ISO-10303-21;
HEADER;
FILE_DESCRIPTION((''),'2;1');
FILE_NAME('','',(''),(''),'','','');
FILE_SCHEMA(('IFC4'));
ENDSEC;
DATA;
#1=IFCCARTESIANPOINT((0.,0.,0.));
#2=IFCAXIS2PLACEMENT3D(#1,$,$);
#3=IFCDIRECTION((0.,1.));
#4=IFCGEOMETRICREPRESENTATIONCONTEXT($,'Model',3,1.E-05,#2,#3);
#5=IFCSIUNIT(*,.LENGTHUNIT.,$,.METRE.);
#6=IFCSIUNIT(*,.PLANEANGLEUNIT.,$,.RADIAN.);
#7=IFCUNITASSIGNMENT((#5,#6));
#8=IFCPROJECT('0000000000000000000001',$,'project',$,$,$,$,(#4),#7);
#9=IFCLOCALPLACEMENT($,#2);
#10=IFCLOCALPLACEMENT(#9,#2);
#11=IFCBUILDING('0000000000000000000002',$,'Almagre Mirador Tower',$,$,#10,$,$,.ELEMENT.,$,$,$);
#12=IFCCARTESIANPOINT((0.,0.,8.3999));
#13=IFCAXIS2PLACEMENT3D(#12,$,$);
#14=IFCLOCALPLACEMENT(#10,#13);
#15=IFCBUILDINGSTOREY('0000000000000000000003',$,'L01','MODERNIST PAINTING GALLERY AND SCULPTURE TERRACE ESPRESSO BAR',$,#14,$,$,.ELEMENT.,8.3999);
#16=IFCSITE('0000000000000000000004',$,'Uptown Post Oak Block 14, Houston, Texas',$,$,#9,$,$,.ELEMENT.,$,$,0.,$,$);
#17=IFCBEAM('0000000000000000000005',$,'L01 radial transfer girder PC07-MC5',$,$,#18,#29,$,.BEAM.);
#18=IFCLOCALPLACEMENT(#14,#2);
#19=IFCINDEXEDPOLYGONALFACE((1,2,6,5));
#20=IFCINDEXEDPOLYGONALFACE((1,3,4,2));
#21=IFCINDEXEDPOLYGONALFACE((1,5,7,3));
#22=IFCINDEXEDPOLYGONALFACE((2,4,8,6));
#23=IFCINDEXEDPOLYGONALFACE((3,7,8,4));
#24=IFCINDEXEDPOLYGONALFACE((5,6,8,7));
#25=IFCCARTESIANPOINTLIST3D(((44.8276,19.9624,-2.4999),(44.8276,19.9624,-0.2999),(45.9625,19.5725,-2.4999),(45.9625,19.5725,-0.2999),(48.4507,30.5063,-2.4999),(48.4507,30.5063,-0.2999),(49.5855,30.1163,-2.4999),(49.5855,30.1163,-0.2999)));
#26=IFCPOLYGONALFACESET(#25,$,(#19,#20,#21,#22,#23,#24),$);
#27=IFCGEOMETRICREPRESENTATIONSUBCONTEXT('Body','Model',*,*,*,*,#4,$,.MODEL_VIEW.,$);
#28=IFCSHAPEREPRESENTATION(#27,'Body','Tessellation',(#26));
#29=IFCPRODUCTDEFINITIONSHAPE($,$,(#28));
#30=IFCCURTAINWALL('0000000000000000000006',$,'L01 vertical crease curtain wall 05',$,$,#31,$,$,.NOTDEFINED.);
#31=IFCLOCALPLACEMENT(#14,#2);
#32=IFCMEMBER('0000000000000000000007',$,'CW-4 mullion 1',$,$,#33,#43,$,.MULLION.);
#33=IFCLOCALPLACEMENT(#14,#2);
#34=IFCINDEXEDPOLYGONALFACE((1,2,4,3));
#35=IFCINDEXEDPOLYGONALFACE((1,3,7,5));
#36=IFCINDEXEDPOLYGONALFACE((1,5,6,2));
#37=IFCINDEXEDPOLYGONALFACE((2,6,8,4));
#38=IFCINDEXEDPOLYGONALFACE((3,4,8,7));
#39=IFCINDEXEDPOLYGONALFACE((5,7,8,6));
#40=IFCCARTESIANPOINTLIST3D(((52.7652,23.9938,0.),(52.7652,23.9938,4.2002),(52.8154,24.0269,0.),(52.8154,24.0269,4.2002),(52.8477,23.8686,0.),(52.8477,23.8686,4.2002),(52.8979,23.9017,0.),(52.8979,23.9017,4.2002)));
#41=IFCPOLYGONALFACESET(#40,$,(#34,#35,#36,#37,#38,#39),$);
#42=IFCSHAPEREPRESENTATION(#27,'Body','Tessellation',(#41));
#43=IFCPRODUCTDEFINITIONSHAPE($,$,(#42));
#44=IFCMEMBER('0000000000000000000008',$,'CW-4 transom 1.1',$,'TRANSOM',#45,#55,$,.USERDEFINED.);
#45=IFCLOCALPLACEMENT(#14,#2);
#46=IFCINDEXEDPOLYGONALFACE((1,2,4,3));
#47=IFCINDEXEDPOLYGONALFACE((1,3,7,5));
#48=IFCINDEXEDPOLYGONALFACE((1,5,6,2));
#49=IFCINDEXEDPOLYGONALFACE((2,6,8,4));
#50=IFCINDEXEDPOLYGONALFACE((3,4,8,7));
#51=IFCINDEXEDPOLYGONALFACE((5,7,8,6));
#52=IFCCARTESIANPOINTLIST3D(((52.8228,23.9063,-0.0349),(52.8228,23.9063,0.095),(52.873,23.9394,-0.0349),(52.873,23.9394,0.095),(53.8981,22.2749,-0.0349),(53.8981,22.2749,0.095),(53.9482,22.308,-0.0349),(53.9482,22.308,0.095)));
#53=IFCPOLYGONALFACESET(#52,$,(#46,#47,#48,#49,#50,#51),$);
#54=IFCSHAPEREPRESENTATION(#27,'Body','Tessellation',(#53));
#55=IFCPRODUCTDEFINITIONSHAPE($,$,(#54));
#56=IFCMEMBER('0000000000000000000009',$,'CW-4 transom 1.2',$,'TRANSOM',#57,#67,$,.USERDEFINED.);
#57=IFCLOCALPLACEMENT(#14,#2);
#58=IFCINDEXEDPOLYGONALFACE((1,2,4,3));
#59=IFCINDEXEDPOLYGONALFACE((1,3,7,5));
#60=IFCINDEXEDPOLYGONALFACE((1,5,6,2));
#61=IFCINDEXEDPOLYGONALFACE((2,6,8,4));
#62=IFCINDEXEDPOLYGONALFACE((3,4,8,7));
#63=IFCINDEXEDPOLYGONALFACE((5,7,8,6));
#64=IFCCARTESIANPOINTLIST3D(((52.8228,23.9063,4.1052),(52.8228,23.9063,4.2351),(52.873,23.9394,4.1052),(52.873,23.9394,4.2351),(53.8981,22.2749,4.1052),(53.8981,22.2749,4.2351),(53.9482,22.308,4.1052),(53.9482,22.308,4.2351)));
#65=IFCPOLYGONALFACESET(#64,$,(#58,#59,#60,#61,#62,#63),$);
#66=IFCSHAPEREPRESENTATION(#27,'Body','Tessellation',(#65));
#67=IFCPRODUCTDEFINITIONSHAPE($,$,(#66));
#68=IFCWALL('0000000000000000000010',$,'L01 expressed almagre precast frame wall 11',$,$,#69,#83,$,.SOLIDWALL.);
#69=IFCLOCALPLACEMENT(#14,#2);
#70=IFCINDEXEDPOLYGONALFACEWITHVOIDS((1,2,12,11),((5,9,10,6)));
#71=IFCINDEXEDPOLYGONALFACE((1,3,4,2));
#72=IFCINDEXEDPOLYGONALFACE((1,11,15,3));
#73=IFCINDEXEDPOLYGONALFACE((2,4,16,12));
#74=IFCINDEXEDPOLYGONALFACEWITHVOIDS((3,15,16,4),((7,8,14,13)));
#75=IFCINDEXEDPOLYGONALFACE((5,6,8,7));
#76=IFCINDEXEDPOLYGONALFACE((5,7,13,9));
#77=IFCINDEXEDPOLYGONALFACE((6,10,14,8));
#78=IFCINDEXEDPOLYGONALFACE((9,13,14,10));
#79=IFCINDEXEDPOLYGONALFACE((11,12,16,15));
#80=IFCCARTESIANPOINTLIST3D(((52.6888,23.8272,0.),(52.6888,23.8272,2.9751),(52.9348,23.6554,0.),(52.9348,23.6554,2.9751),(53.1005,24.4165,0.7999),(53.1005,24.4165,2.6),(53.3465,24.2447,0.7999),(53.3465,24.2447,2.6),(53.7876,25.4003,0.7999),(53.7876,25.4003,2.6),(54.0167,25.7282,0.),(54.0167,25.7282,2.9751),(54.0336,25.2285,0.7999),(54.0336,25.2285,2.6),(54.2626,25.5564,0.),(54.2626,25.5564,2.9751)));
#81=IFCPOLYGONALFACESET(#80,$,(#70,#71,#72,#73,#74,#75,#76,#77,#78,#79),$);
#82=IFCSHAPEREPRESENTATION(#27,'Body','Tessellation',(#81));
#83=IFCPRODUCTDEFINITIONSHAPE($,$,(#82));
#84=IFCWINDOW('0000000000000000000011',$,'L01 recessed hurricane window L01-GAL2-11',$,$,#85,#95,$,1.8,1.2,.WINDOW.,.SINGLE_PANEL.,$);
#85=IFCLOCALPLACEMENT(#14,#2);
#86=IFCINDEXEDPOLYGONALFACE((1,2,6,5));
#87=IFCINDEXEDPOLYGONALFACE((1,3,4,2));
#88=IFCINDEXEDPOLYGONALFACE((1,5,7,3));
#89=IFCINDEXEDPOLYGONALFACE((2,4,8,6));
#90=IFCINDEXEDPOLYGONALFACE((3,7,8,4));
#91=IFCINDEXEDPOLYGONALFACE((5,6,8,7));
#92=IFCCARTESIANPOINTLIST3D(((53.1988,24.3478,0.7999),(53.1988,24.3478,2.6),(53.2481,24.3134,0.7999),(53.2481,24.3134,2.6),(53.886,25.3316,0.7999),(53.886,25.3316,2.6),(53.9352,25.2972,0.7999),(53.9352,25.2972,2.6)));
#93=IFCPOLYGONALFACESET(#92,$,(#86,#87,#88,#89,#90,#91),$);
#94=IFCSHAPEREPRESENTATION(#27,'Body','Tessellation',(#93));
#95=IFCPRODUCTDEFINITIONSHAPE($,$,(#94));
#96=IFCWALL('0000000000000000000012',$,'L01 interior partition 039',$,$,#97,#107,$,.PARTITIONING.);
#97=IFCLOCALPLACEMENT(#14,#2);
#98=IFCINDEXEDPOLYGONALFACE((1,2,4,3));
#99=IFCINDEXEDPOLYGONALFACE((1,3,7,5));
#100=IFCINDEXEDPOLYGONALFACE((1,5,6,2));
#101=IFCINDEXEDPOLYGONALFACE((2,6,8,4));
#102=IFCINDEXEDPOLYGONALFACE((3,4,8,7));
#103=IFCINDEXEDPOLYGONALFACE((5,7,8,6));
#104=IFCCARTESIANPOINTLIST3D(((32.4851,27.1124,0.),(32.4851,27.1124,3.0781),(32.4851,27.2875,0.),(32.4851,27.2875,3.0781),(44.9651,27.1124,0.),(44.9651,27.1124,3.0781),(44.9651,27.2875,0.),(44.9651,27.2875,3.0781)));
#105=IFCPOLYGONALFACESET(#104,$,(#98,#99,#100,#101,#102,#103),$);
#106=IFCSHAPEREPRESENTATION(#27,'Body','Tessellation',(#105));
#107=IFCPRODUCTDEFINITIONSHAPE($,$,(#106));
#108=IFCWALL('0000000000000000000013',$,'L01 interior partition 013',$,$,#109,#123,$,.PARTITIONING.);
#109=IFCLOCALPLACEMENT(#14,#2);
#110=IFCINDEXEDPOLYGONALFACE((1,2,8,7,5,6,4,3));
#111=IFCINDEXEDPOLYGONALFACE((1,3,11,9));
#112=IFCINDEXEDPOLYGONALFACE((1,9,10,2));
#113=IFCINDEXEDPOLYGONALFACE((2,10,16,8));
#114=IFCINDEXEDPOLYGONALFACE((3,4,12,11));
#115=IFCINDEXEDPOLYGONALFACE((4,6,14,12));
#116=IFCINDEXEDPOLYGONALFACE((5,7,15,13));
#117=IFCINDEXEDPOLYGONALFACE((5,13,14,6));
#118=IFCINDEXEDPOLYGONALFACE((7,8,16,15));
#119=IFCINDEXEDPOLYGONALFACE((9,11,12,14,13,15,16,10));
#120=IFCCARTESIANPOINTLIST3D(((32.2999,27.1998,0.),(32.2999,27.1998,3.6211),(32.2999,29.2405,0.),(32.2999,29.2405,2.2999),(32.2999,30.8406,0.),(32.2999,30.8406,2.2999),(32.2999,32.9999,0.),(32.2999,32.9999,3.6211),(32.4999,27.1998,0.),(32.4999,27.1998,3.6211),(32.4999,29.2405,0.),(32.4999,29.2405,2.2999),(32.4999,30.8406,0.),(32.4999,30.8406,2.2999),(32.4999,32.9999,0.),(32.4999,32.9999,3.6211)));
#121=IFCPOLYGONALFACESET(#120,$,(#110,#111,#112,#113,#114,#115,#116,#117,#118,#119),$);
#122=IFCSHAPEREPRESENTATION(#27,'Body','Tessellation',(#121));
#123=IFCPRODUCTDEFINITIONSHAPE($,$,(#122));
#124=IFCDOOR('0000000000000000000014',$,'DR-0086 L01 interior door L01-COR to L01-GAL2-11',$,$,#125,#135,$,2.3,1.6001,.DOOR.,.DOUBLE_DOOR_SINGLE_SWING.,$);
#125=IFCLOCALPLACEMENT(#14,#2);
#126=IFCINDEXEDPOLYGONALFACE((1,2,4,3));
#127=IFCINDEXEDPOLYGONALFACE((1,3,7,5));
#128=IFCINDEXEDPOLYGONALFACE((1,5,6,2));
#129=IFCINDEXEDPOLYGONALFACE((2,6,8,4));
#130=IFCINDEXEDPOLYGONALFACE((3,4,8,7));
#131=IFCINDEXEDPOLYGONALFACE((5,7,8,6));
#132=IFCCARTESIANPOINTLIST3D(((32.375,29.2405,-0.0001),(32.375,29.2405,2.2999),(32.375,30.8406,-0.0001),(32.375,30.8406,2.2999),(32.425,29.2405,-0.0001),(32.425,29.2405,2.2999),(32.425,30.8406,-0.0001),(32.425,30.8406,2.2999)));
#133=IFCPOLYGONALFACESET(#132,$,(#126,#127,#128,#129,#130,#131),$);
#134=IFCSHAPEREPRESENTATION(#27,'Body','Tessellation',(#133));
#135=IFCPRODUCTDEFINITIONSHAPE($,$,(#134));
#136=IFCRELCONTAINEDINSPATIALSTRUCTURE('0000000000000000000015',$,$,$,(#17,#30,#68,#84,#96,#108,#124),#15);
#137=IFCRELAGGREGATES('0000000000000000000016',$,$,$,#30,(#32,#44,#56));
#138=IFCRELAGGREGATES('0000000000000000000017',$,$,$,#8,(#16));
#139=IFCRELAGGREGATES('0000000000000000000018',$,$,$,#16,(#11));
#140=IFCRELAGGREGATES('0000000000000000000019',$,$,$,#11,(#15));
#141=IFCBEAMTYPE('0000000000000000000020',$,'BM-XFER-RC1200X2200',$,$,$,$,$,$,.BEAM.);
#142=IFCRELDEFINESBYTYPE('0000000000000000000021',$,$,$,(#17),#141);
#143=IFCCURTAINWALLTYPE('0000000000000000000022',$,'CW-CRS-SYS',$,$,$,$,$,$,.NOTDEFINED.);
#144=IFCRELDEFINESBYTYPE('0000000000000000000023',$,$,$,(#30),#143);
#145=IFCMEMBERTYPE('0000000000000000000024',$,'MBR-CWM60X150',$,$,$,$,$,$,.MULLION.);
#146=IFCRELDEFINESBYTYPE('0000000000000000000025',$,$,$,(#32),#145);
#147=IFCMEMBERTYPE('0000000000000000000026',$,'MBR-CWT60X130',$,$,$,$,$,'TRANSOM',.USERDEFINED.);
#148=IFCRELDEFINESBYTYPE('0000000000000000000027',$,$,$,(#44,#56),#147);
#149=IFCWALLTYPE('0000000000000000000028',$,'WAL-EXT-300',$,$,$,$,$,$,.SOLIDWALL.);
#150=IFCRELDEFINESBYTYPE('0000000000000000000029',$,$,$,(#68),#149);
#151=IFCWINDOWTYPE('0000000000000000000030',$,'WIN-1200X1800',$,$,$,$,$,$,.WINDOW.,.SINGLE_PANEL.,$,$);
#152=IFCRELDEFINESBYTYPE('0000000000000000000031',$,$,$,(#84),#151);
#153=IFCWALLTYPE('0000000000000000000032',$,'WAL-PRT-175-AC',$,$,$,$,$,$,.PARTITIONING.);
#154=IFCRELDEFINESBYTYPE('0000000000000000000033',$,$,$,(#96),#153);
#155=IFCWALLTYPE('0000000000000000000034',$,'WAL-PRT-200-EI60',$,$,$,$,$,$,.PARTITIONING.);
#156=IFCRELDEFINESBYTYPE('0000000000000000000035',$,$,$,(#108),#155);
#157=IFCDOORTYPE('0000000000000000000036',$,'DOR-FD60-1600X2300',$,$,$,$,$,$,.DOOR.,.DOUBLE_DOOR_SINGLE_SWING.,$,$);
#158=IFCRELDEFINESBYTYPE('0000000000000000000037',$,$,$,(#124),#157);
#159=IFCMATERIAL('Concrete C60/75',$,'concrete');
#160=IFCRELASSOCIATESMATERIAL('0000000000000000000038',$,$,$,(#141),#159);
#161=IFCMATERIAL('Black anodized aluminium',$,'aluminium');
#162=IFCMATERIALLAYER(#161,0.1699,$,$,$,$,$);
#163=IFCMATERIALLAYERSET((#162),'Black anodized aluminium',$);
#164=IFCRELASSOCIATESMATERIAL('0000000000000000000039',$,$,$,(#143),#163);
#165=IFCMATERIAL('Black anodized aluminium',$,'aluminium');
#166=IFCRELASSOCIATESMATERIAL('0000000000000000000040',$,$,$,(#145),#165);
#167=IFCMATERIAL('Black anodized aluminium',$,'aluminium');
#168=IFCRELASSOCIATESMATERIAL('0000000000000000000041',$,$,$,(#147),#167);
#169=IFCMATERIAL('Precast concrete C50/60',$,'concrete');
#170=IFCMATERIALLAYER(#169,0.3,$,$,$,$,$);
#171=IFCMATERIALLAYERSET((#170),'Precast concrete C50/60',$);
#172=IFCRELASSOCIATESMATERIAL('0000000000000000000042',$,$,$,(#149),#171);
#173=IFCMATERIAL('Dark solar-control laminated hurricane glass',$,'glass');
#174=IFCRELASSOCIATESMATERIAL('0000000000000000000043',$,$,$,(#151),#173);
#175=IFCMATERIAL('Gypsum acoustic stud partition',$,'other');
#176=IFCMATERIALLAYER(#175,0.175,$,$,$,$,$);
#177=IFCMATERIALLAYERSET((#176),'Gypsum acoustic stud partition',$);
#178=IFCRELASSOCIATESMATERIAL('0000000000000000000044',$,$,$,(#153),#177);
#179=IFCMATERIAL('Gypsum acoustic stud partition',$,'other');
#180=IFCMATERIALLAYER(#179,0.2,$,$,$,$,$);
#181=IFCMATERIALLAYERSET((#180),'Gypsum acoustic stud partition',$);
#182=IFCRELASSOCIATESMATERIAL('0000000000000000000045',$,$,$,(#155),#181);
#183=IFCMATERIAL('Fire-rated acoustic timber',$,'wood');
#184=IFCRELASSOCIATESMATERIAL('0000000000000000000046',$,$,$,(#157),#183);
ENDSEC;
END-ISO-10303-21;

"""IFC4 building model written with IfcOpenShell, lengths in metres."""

from ifc_helpers import new_model, si_unit, direction, frame, frame_2d, origin, origin_2d, place, context, subcontext, project, spatial, rectangle, extrude, material, layer, layer_set, material_profile, profile_set, type_object, element, fill, aggregate, save


model = new_model("IFC4")

# Units and contexts
model_context = context("Model", 3, precision=1e-05, world=origin(), true_north=direction((0.0, 1.0)))
body_context = subcontext(model_context, "Body", "Model", "MODEL_VIEW")
ifc_project = project(units=[si_unit("LENGTHUNIT", "METRE"), si_unit("PLANEANGLEUNIT", "RADIAN")], contexts=[model_context])

# Site, building, storey
site_placement = place(None, origin())
site = spatial("IfcSite", under=ifc_project, at=site_placement, Name="Uptown Post Oak Block 14, Houston, Texas", CompositionType="ELEMENT", RefElevation=0.0)
building_placement = place(site_placement, origin())
building = spatial("IfcBuilding", under=site, at=building_placement, Name="Almagre Mirador Tower", CompositionType="ELEMENT")
storey_placement = place(building_placement, frame((0.0, 0.0, 8.3999)))
storey = spatial("IfcBuildingStorey", under=building, at=storey_placement, Name="L01", Description="MODERNIST PAINTING GALLERY AND SCULPTURE TERRACE ESPRESSO BAR", CompositionType="ELEMENT", Elevation=8.3999)

# Beam
ifc_material_1 = material(Name="Concrete C60/75", Category="concrete")
ifc_material_profile_1 = material_profile(ifc_material_1, rectangle(XDim=1.2, YDim=2.2, at=origin_2d()), Name="RC1200X2200")
ifc_profile_set_1 = profile_set([ifc_material_profile_1], Name="Concrete C60/75")
beam_type_1 = type_object("IfcBeamType", Name="BM-XFER-RC1200X2200", PredefinedType="BEAM", material=ifc_profile_set_1)
beam_1_placement = place(storey_placement, frame((49.0181, 30.3113, -1.3999), z_axis=(-0.324965, -0.945726, 0.0), x_axis=(0.945726, -0.324965, 0.0)))
element("IfcBeam", 1, at=beam_1_placement, inside=storey, type_object=beam_type_1, Name="L01 radial transfer girder PC07-MC5", PredefinedType="BEAM", context=body_context, shape_type="SweptSolid", body=[
    extrude(rectangle(XDim=1.2, YDim=2.2, at=origin_2d()), origin(), (0.0, 0.0, 1.0), 11.1489),
])

# Curtain wall, members
ifc_material_2 = material(Name="Black anodized aluminium", Category="aluminium")
ifc_layer_1 = layer(ifc_material_2, 0.1699)
ifc_layer_set_1 = layer_set([ifc_layer_1], Name="Black anodized aluminium")
curtain_wall_type = type_object("IfcCurtainWallType", Name="CW-CRS-SYS", PredefinedType="NOTDEFINED", material=ifc_layer_set_1)
curtain_wall_placement = place(storey_placement, origin())
curtain_wall = element("IfcCurtainWall", 2, at=curtain_wall_placement, inside=storey, type_object=curtain_wall_type, Name="L01 vertical crease curtain wall 05", PredefinedType="NOTDEFINED")
ifc_material_3 = material(Name="Black anodized aluminium", Category="aluminium")
ifc_material_profile_2 = material_profile(ifc_material_3, rectangle(XDim=0.0601, YDim=0.1499, at=origin_2d()), Name="CWM60X150")
ifc_profile_set_2 = profile_set([ifc_material_profile_2], Name="Black anodized aluminium")
member_type_1 = type_object("IfcMemberType", Name="MBR-CWM60X150", PredefinedType="MULLION", material=ifc_profile_set_2)
member_1_placement = place(storey_placement, frame((52.8315, 23.9478, 0.0), z_axis=(0.0, 0.0, 1.0), x_axis=(0.834991, 0.550263, 0.0)))
member_1 = element("IfcMember", 3, at=member_1_placement, type_object=member_type_1, Name="CW-4 mullion 1", PredefinedType="MULLION", context=body_context, shape_type="SweptSolid", body=[
    extrude(rectangle(XDim=0.0601, YDim=0.1499, at=origin_2d()), origin(), (0.0, 0.0, 1.0), 4.2002),
])
ifc_material_4 = material(Name="Black anodized aluminium", Category="aluminium")
ifc_material_profile_3 = material_profile(ifc_material_4, rectangle(XDim=0.0601, YDim=0.1299, at=origin_2d()), Name="CWT60X130")
ifc_profile_set_3 = profile_set([ifc_material_profile_3], Name="Black anodized aluminium")
member_type_2 = type_object("IfcMemberType", Name="MBR-CWT60X130", ElementType="TRANSOM", PredefinedType="USERDEFINED", material=ifc_profile_set_3)
member_2_placement = place(storey_placement, frame((52.8479, 23.9229, 0.03), z_axis=(0.550309, -0.834961, 0.0), x_axis=(0.834961, 0.550309, 0.0)))
member_2 = element("IfcMember", 4, at=member_2_placement, type_object=member_type_2, Name="CW-4 transom 1.1", ObjectType="TRANSOM", PredefinedType="USERDEFINED", context=body_context, shape_type="SweptSolid", body=[
    extrude(rectangle(XDim=0.0601, YDim=0.1299, at=origin_2d()), origin(), (0.0, 0.0, 1.0), 1.9539),
])
member_3_placement = place(storey_placement, frame((52.8479, 23.9229, 4.1702), z_axis=(0.550309, -0.834961, 0.0), x_axis=(0.834961, 0.550309, 0.0)))
member_3 = element("IfcMember", 5, at=member_3_placement, type_object=member_type_2, Name="CW-4 transom 1.2", ObjectType="TRANSOM", PredefinedType="USERDEFINED", context=body_context, shape_type="SweptSolid", body=[
    extrude(rectangle(XDim=0.0601, YDim=0.1299, at=origin_2d()), origin(), (0.0, 0.0, 1.0), 1.9539),
])
aggregate(curtain_wall, [member_1, member_2, member_3])

# Wall, opening, window
ifc_material_5 = material(Name="Precast concrete C50/60", Category="concrete")
ifc_layer_2 = layer(ifc_material_5, 0.3)
ifc_layer_set_2 = layer_set([ifc_layer_2], Name="Precast concrete C50/60")
wall_type_1 = type_object("IfcWallType", Name="WAL-EXT-300", PredefinedType="SOLIDWALL", material=ifc_layer_set_2)
wall_1_placement = place(storey_placement, frame((54.1396, 25.6423, 0.0), z_axis=(0.0, 0.0, 1.0), x_axis=(-0.572621, -0.81982, 0.0)))
wall_1 = element("IfcWall", 6, at=wall_1_placement, inside=storey, type_object=wall_type_1, Name="L01 expressed almagre precast frame wall 11", PredefinedType="SOLIDWALL", context=body_context, shape_type="SweptSolid", body=[
    extrude(rectangle(XDim=2.3188, YDim=0.3, at=frame_2d((1.1594, 0.0))), origin(), (0.0, 0.0, 1.0), 2.9751),
])
opening_1_placement = place(wall_1_placement, frame((0.3999, 0.0, 0.8)))
opening_1 = element("IfcOpeningElement", 7, at=opening_1_placement, cuts=wall_1, PredefinedType="OPENING", context=body_context, shape_type="SweptSolid", body=[
    extrude(rectangle(XDim=1.2, YDim=1.8, at=frame_2d((0.6001, 0.8999))), frame((0.0, 0.1599, 0.0), z_axis=(0.0, -1.0, 0.0), x_axis=(1.0, 0.0, 0.0)), (0.0, 0.0, 1.0), 0.32),
])
ifc_material_6 = material(Name="Dark solar-control laminated hurricane glass", Category="glass")
window_type = type_object("IfcWindowType", Name="WIN-1200X1800", PartitioningType="SINGLE_PANEL", PredefinedType="WINDOW", material=ifc_material_6)
window_placement = place(opening_1_placement, origin())
window = element("IfcWindow", 8, at=window_placement, inside=storey, type_object=window_type, Name="L01 recessed hurricane window L01-GAL2-11", OverallHeight=1.8, OverallWidth=1.2, PartitioningType="SINGLE_PANEL", PredefinedType="WINDOW", context=body_context, shape_type="SweptSolid", body=[
    extrude(rectangle(XDim=1.2, YDim=1.8, at=frame_2d((0.6001, 0.8999))), frame((0.0, 0.03, 0.0), z_axis=(0.0, -1.0, 0.0), x_axis=(1.0, 0.0, 0.0)), (0.0, 0.0, 1.0), 0.0601),
])
fill(opening_1, window)

# Wall
ifc_material_7 = material(Name="Gypsum acoustic stud partition", Category="other")
ifc_layer_3 = layer(ifc_material_7, 0.175)
ifc_layer_set_3 = layer_set([ifc_layer_3], Name="Gypsum acoustic stud partition")
wall_type_2 = type_object("IfcWallType", Name="WAL-PRT-175-AC", PredefinedType="PARTITIONING", material=ifc_layer_set_3)
wall_2_placement = place(storey_placement, frame((44.9651, 27.2, 0.0), z_axis=(0.0, 0.0, 1.0), x_axis=(-1.0, 0.0, 0.0)))
element("IfcWall", 9, at=wall_2_placement, inside=storey, type_object=wall_type_2, Name="L01 interior partition 039", PredefinedType="PARTITIONING", context=body_context, shape_type="SweptSolid", body=[
    extrude(rectangle(XDim=12.48, YDim=0.175, at=frame_2d((6.24, 0.0))), origin(), (0.0, 0.0, 1.0), 3.0781),
])

# Wall, opening, door
ifc_material_8 = material(Name="Gypsum acoustic stud partition", Category="other")
ifc_layer_4 = layer(ifc_material_8, 0.2)
ifc_layer_set_4 = layer_set([ifc_layer_4], Name="Gypsum acoustic stud partition")
wall_type_3 = type_object("IfcWallType", Name="WAL-PRT-200-EI60", PredefinedType="PARTITIONING", material=ifc_layer_set_4)
wall_3_placement = place(storey_placement, frame((32.3999, 27.2, 0.0), z_axis=(0.0, 0.0, 1.0), x_axis=(0.0, 1.0, 0.0)))
wall_3 = element("IfcWall", 10, at=wall_3_placement, inside=storey, type_object=wall_type_3, Name="L01 interior partition 013", PredefinedType="PARTITIONING", context=body_context, shape_type="SweptSolid", body=[
    extrude(rectangle(XDim=5.8, YDim=0.2, at=frame_2d((2.8999, 0.0))), origin(), (0.0, 0.0, 1.0), 3.6211),
])
opening_2_placement = place(wall_3_placement, frame((2.0405, 0.0, 0.0)))
opening_2 = element("IfcOpeningElement", 11, at=opening_2_placement, cuts=wall_3, PredefinedType="OPENING", context=body_context, shape_type="SweptSolid", body=[
    extrude(rectangle(XDim=1.6001, YDim=2.3, at=frame_2d((0.8, 1.1499))), frame((0.0, 0.1101, 0.0), z_axis=(0.0, -1.0, 0.0), x_axis=(1.0, 0.0, 0.0)), (0.0, 0.0, 1.0), 0.22),
])
ifc_material_9 = material(Name="Fire-rated acoustic timber", Category="wood")
door_type = type_object("IfcDoorType", Name="DOR-FD60-1600X2300", OperationType="DOUBLE_DOOR_SINGLE_SWING", PredefinedType="DOOR", material=ifc_material_9)
door_placement = place(opening_2_placement, origin())
door = element("IfcDoor", 12, at=door_placement, inside=storey, type_object=door_type, Name="DR-0086 L01 interior door L01-COR to L01-GAL2-11", OperationType="DOUBLE_DOOR_SINGLE_SWING", OverallHeight=2.3, OverallWidth=1.6001, PredefinedType="DOOR", context=body_context, shape_type="SweptSolid", body=[
    extrude(rectangle(XDim=1.6001, YDim=2.3, at=frame_2d((0.8, 1.1499))), frame((0.0, 0.0249, 0.0), z_axis=(0.0, -1.0, 0.0), x_axis=(1.0, 0.0, 0.0)), (0.0, 0.0, 1.0), 0.05),
])
fill(opening_2, door)

save(model, "model.ifc")
